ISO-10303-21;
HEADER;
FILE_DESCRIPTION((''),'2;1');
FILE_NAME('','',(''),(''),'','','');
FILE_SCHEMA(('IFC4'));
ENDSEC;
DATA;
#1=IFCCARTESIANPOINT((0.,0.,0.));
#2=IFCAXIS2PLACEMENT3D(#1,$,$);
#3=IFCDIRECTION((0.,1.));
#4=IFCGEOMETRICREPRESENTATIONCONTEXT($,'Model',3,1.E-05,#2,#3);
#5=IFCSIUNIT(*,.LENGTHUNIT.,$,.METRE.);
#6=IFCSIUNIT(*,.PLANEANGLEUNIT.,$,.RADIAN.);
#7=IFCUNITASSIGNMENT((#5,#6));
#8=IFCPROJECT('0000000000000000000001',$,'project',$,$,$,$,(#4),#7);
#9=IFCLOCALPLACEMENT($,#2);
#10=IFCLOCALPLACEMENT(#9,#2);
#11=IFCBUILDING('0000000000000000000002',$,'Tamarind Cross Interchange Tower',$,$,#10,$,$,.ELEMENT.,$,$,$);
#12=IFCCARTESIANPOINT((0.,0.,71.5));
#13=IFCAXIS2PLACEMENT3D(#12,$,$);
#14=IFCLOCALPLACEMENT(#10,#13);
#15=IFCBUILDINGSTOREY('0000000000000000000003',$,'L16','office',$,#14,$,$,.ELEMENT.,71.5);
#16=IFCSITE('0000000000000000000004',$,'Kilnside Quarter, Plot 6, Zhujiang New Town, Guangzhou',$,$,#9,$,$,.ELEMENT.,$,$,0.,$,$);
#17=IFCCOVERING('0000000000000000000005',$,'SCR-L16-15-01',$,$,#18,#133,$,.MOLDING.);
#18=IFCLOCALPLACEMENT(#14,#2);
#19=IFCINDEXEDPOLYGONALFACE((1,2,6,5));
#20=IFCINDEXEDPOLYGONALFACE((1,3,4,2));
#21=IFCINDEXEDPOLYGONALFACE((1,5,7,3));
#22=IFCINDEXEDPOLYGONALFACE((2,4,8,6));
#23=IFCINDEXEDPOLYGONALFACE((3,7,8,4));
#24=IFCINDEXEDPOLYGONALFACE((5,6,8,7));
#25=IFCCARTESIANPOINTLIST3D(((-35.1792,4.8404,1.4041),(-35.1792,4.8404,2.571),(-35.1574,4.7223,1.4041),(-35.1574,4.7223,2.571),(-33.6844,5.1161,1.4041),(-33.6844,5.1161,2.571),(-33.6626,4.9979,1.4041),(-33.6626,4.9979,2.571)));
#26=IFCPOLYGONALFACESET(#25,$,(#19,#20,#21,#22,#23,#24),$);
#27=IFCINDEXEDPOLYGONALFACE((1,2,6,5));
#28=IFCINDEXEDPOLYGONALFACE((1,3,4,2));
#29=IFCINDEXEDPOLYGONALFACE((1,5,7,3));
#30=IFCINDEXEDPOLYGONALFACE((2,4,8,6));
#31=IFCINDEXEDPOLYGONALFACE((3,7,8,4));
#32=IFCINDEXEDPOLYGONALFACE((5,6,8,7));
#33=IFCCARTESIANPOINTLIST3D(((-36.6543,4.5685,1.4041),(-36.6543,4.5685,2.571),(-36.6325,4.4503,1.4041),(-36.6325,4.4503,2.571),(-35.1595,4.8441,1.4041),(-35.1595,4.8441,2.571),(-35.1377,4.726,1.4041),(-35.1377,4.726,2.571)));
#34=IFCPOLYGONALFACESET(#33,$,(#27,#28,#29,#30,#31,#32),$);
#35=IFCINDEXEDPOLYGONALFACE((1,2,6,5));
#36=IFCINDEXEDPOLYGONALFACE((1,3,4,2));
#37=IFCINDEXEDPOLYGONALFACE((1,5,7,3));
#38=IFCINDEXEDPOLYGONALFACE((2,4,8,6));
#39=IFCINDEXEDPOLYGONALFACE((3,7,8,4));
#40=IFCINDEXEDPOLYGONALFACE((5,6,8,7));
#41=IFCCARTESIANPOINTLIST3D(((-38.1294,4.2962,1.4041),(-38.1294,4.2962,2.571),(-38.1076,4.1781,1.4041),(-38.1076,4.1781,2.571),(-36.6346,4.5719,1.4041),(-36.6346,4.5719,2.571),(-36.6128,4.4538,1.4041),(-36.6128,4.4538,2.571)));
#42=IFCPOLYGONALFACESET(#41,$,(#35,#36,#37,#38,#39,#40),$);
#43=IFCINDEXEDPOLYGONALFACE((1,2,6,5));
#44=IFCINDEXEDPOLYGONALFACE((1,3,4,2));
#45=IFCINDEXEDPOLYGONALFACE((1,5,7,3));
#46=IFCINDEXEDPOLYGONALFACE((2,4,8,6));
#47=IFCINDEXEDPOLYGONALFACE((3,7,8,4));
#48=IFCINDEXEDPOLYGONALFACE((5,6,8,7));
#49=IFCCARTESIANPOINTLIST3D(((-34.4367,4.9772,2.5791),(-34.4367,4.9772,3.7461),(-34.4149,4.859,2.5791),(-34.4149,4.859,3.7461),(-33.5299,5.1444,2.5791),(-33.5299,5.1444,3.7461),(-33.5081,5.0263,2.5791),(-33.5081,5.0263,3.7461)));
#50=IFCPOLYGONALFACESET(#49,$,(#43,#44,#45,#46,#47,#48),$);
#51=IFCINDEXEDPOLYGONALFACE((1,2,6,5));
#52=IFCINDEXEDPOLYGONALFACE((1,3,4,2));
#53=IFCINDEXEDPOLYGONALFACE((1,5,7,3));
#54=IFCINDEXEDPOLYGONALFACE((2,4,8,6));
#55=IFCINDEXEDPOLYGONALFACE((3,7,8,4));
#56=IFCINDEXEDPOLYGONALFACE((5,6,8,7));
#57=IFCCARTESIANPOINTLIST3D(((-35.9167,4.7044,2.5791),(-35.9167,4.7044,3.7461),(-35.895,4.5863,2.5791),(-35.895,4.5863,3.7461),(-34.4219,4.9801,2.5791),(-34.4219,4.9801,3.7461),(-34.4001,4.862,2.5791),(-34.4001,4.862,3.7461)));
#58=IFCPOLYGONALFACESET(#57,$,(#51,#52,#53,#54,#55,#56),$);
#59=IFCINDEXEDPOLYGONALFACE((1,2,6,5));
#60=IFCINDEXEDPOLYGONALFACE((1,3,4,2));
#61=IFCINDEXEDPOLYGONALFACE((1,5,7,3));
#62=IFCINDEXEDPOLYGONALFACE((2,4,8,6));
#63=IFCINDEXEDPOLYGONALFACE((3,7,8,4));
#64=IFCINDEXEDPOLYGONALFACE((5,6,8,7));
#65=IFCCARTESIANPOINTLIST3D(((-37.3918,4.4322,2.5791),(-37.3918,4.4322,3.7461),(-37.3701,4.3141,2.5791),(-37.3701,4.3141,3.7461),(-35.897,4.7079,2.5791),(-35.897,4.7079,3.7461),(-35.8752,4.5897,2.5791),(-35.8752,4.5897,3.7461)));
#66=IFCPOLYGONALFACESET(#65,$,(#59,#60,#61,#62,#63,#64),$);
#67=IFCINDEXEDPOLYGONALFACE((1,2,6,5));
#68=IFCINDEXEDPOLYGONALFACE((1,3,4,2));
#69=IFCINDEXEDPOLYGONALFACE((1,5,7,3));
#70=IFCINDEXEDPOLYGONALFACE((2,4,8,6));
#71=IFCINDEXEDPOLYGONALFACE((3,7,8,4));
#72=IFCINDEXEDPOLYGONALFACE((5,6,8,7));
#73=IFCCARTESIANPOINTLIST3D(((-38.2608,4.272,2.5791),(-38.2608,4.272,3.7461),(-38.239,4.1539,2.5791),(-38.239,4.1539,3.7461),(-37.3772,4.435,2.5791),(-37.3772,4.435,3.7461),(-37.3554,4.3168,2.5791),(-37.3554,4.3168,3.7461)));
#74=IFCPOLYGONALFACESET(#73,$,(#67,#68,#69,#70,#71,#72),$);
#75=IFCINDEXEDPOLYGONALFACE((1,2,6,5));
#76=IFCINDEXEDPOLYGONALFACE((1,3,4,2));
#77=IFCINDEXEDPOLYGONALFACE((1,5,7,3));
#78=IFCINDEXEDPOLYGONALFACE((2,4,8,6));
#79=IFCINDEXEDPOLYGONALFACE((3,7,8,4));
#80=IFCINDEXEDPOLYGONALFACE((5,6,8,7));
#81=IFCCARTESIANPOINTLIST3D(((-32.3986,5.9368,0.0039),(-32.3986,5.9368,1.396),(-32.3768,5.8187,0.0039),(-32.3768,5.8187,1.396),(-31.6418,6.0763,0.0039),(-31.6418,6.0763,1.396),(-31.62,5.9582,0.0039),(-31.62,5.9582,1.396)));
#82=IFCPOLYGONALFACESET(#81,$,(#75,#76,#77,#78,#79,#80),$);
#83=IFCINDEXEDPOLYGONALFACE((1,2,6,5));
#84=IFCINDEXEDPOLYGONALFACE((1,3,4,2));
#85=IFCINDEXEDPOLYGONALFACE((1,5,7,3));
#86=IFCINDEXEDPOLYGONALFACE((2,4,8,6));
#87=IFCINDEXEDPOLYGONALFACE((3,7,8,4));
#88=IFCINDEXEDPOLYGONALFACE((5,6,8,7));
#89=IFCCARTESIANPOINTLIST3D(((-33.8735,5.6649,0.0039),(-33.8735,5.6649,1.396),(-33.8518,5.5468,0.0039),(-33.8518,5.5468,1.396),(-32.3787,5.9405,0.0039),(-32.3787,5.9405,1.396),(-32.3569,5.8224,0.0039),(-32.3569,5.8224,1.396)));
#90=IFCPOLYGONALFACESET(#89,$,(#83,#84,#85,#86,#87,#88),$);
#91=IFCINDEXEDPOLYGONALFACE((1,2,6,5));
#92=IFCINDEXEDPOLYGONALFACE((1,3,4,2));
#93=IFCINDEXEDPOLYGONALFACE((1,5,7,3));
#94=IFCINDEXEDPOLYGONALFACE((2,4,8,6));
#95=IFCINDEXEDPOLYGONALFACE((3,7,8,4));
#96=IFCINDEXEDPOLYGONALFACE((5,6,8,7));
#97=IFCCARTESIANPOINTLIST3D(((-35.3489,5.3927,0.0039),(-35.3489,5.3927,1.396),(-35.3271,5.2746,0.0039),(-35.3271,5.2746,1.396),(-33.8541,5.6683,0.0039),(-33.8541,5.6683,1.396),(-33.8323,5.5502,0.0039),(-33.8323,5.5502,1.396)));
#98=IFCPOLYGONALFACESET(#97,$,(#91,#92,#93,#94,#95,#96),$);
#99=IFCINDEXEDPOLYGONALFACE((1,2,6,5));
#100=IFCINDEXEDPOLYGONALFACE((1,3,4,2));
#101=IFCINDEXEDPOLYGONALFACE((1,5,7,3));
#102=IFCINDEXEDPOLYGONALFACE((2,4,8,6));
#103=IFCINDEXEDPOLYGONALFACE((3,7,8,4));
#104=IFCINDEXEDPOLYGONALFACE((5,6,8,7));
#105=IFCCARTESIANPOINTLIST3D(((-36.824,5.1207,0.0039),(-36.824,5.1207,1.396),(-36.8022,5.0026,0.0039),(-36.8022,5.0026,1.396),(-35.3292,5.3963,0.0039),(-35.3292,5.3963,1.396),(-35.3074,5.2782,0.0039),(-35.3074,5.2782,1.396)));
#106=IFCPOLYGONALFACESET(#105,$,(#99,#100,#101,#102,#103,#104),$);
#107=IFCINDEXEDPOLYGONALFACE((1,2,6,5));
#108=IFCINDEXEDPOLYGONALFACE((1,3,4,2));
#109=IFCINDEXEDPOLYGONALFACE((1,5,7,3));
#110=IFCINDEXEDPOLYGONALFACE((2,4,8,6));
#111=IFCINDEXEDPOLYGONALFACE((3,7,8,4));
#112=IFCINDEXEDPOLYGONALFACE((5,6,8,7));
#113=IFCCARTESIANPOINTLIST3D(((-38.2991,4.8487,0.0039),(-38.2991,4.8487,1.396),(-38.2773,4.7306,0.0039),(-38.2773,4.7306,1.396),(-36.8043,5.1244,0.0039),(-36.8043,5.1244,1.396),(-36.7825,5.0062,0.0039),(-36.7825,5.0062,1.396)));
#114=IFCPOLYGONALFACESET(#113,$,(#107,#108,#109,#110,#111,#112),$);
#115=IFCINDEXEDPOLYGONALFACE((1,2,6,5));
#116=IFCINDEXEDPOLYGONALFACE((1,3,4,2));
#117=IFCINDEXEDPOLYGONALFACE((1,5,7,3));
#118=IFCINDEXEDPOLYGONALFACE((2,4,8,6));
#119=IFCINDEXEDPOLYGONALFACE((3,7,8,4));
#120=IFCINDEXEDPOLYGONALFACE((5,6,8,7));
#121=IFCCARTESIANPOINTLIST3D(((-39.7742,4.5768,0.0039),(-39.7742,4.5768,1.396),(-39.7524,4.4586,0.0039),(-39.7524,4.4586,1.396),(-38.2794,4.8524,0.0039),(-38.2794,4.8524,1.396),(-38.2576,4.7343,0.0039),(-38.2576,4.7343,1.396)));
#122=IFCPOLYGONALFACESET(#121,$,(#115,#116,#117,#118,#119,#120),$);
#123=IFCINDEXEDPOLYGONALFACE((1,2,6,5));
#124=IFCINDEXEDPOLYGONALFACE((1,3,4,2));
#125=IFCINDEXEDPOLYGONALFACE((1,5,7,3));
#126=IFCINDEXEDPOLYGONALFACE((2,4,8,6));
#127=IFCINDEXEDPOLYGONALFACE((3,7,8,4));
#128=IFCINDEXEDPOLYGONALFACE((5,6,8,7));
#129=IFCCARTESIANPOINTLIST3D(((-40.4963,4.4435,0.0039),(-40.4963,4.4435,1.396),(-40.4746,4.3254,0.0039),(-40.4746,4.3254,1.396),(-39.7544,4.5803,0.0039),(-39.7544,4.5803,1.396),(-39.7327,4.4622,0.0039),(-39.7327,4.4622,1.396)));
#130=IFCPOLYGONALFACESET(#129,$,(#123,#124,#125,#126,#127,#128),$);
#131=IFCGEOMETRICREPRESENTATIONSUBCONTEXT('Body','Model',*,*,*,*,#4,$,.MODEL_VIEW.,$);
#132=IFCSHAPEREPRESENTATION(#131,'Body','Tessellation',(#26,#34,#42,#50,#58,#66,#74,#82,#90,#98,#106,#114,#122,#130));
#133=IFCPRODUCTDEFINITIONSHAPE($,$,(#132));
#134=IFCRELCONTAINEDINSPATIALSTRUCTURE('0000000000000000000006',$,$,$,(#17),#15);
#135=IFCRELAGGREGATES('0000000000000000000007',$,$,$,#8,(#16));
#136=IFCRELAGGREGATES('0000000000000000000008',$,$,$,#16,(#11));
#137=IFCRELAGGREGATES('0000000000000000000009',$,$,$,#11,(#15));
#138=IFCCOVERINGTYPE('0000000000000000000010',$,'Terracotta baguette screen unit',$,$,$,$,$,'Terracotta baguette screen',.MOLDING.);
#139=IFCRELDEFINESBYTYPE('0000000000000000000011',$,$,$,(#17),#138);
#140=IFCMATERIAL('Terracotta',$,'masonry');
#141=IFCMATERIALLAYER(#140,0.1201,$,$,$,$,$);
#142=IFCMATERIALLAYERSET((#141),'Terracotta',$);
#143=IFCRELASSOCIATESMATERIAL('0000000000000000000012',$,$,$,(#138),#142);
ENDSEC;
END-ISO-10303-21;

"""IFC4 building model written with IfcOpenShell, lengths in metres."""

from ifc_helpers import new_model, si_unit, direction, frame, origin, origin_2d, place, context, subcontext, project, spatial, rectangle, extrude, material, layer, layer_set, type_object, element, save


model = new_model("IFC4")

# Units and contexts
model_context = context("Model", 3, precision=1e-05, world=origin(), true_north=direction((0.0, 1.0)))
body_context = subcontext(model_context, "Body", "Model", "MODEL_VIEW")
ifc_project = project(units=[si_unit("LENGTHUNIT", "METRE"), si_unit("PLANEANGLEUNIT", "RADIAN")], contexts=[model_context])

# Site, building, storey
site_placement = place(None, origin())
site = spatial("IfcSite", under=ifc_project, at=site_placement, Name="Kilnside Quarter, Plot 6, Zhujiang New Town, Guangzhou", CompositionType="ELEMENT", RefElevation=0.0)
building_placement = place(site_placement, origin())
building = spatial("IfcBuilding", under=site, at=building_placement, Name="Tamarind Cross Interchange Tower", CompositionType="ELEMENT")
storey_placement = place(building_placement, frame((0.0, 0.0, 71.5)))
storey = spatial("IfcBuildingStorey", under=building, at=storey_placement, Name="L16", Description="office", CompositionType="ELEMENT", Elevation=71.5)

# Covering
ifc_material_1 = material(Name="Terracotta", Category="masonry")
ifc_layer_1 = layer(ifc_material_1, 0.1201)
ifc_layer_set_1 = layer_set([ifc_layer_1], Name="Terracotta")
covering_type = type_object("IfcCoveringType", Name="Terracotta baguette screen unit", ElementType="Terracotta baguette screen", PredefinedType="MOLDING", material=ifc_layer_set_1)
covering_1_placement = place(storey_placement, origin())
element("IfcCovering", 1, at=covering_1_placement, inside=storey, type_object=covering_type, Name="SCR-L16-15-01", PredefinedType="MOLDING", context=body_context, shape_type="SweptSolid", body=[
    extrude(rectangle(XDim=1.52, YDim=0.1201, at=origin_2d()), frame((-34.4209, 4.9192, 1.4041), z_axis=(0.0, 0.0, 1.0), x_axis=(-0.98342, -0.181343, 0.0)), (0.0, 0.0, 1.0), 1.167),
    extrude(rectangle(XDim=1.52, YDim=0.1201, at=origin_2d()), frame((-35.896, 4.6472, 1.4041), z_axis=(0.0, 0.0, 1.0), x_axis=(-0.98342, -0.181343, 0.0)), (0.0, 0.0, 1.0), 1.167),
    extrude(rectangle(XDim=1.52, YDim=0.1201, at=origin_2d()), frame((-37.3711, 4.375, 1.4041), z_axis=(0.0, 0.0, 1.0), x_axis=(-0.98342, -0.181343, 0.0)), (0.0, 0.0, 1.0), 1.167),
    extrude(rectangle(XDim=0.9221, YDim=0.1201, at=origin_2d()), frame((-33.9724, 5.0017, 2.5791), z_axis=(0.0, 0.0, 1.0), x_axis=(-0.98342, -0.181343, 0.0)), (0.0, 0.0, 1.0), 1.167),
    extrude(rectangle(XDim=1.52, YDim=0.1201, at=origin_2d()), frame((-35.1584, 4.7832, 2.5791), z_axis=(0.0, 0.0, 1.0), x_axis=(-0.98342, -0.181343, 0.0)), (0.0, 0.0, 1.0), 1.167),
    extrude(rectangle(XDim=1.52, YDim=0.1201, at=origin_2d()), frame((-36.6335, 4.511, 2.5791), z_axis=(0.0, 0.0, 1.0), x_axis=(-0.98342, -0.181343, 0.0)), (0.0, 0.0, 1.0), 1.167),
    extrude(rectangle(XDim=0.8984, YDim=0.1201, at=origin_2d()), frame((-37.8081, 4.2944, 2.5791), z_axis=(0.0, 0.0, 1.0), x_axis=(-0.98342, -0.181343, 0.0)), (0.0, 0.0, 1.0), 1.167),
    extrude(rectangle(XDim=0.7695, YDim=0.1201, at=origin_2d()), frame((-32.0093, 5.9475, 0.0039), z_axis=(0.0, 0.0, 1.0), x_axis=(-0.98342, -0.181343, 0.0)), (0.0, 0.0, 1.0), 1.3921),
    extrude(rectangle(XDim=1.52, YDim=0.1201, at=origin_2d()), frame((-33.1152, 5.7437, 0.0039), z_axis=(0.0, 0.0, 1.0), x_axis=(-0.98342, -0.181343, 0.0)), (0.0, 0.0, 1.0), 1.3921),
    extrude(rectangle(XDim=1.52, YDim=0.1201, at=origin_2d()), frame((-34.5906, 5.4714, 0.0039), z_axis=(0.0, 0.0, 1.0), x_axis=(-0.98342, -0.181343, 0.0)), (0.0, 0.0, 1.0), 1.3921),
    extrude(rectangle(XDim=1.52, YDim=0.1201, at=origin_2d()), frame((-36.0657, 5.1995, 0.0039), z_axis=(0.0, 0.0, 1.0), x_axis=(-0.98342, -0.181343, 0.0)), (0.0, 0.0, 1.0), 1.3921),
    extrude(rectangle(XDim=1.52, YDim=0.1201, at=origin_2d()), frame((-37.5408, 4.9275, 0.0039), z_axis=(0.0, 0.0, 1.0), x_axis=(-0.98342, -0.181343, 0.0)), (0.0, 0.0, 1.0), 1.3921),
    extrude(rectangle(XDim=1.52, YDim=0.1201, at=origin_2d()), frame((-39.0159, 4.6555, 0.0039), z_axis=(0.0, 0.0, 1.0), x_axis=(-0.98342, -0.181343, 0.0)), (0.0, 0.0, 1.0), 1.3921),
    extrude(rectangle(XDim=0.7544, YDim=0.1201, at=origin_2d()), frame((-40.1145, 4.4529, 0.0039), z_axis=(0.0, 0.0, 1.0), x_axis=(-0.98342, -0.181343, 0.0)), (0.0, 0.0, 1.0), 1.3921),
])

save(model, "model.ifc")
